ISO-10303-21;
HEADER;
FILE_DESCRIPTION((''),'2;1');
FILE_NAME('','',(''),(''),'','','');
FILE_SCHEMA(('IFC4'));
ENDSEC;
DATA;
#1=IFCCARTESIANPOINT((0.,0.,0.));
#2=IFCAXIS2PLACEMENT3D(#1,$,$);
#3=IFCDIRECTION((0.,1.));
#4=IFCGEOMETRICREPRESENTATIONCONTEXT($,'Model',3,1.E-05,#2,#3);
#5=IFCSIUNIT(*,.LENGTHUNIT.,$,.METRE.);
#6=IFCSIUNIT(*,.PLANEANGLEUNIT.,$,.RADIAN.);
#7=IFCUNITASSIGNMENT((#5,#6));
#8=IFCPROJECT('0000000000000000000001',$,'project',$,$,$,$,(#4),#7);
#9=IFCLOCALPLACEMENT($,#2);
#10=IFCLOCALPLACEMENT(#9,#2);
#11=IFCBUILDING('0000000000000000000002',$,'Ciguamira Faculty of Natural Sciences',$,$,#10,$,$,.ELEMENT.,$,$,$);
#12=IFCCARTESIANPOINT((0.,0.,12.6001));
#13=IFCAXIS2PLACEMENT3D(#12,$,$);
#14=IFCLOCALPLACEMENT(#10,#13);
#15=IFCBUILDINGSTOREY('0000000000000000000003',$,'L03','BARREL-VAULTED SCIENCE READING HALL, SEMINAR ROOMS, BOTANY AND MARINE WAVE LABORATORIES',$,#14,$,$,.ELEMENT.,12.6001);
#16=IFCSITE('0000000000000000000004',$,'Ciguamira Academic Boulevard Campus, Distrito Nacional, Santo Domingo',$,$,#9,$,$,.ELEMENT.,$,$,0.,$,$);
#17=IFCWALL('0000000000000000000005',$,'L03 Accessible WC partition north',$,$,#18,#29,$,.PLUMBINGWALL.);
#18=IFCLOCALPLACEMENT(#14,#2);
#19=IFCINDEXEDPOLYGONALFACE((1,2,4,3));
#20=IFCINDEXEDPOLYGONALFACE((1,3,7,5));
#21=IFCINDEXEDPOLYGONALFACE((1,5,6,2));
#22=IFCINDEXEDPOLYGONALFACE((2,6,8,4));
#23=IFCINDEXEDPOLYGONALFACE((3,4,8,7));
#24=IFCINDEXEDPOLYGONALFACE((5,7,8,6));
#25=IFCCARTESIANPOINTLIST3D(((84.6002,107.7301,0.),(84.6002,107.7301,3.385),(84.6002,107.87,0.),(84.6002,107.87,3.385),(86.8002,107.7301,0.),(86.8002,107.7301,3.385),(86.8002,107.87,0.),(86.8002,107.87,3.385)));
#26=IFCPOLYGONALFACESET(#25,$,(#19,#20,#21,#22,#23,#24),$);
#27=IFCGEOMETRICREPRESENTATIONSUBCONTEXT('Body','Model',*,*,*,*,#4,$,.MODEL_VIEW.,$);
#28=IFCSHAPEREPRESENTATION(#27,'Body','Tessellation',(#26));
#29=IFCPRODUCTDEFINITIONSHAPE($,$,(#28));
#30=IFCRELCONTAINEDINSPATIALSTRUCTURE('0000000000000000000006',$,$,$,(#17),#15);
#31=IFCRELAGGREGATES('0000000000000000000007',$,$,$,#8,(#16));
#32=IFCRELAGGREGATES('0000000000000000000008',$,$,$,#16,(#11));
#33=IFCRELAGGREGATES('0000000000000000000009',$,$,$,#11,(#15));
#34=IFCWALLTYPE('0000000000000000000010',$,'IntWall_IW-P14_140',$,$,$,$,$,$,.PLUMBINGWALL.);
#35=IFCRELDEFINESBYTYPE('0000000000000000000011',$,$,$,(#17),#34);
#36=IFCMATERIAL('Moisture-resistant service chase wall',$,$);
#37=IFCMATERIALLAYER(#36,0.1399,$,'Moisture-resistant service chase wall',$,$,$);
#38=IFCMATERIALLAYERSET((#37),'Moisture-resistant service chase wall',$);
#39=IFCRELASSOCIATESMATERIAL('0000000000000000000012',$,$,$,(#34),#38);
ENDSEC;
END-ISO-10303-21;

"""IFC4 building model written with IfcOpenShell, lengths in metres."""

from ifc_helpers import new_model, si_unit, direction, frame, frame_2d, origin, place, context, subcontext, project, spatial, rectangle, extrude, material, layer, layer_set, type_object, element, save


model = new_model("IFC4")

# Units and contexts
model_context = context("Model", 3, precision=1e-05, world=origin(), true_north=direction((0.0, 1.0)))
body_context = subcontext(model_context, "Body", "Model", "MODEL_VIEW")
ifc_project = project(units=[si_unit("LENGTHUNIT", "METRE"), si_unit("PLANEANGLEUNIT", "RADIAN")], contexts=[model_context])

# Site, building, storey
site_placement = place(None, origin())
site = spatial("IfcSite", under=ifc_project, at=site_placement, Name="Ciguamira Academic Boulevard Campus, Distrito Nacional, Santo Domingo", CompositionType="ELEMENT", RefElevation=0.0)
building_placement = place(site_placement, origin())
building = spatial("IfcBuilding", under=site, at=building_placement, Name="Ciguamira Faculty of Natural Sciences", CompositionType="ELEMENT")
storey_placement = place(building_placement, frame((0.0, 0.0, 12.6001)))
storey = spatial("IfcBuildingStorey", under=building, at=storey_placement, Name="L03", Description="BARREL-VAULTED SCIENCE READING HALL, SEMINAR ROOMS, BOTANY AND MARINE WAVE LABORATORIES", CompositionType="ELEMENT", Elevation=12.6001)

# Shared definitions
ifc_material_1 = material(Name="Moisture-resistant service chase wall")
ifc_layer = layer(ifc_material_1, 0.1399, Name="Moisture-resistant service chase wall")
ifc_layer_set = layer_set([ifc_layer], Name="Moisture-resistant service chase wall")
wall_type = type_object("IfcWallType", Name="IntWall_IW-P14_140", PredefinedType="PLUMBINGWALL", material=ifc_layer_set)

# Wall
wall_1_placement = place(storey_placement, frame((84.6001, 107.8, 0.0), z_axis=(0.0, 0.0, 1.0), x_axis=(1.0, 0.0, 0.0)))
element("IfcWall", 1, at=wall_1_placement, inside=storey, type_object=wall_type, Name="L03 Accessible WC partition north", PredefinedType="PLUMBINGWALL", context=body_context, shape_type="SweptSolid", body=[
    extrude(rectangle(XDim=2.2, YDim=0.1399, at=frame_2d((1.1001, 0.0))), origin(), (0.0, 0.0, 1.0), 3.385),
])

save(model, "model.ifc")
